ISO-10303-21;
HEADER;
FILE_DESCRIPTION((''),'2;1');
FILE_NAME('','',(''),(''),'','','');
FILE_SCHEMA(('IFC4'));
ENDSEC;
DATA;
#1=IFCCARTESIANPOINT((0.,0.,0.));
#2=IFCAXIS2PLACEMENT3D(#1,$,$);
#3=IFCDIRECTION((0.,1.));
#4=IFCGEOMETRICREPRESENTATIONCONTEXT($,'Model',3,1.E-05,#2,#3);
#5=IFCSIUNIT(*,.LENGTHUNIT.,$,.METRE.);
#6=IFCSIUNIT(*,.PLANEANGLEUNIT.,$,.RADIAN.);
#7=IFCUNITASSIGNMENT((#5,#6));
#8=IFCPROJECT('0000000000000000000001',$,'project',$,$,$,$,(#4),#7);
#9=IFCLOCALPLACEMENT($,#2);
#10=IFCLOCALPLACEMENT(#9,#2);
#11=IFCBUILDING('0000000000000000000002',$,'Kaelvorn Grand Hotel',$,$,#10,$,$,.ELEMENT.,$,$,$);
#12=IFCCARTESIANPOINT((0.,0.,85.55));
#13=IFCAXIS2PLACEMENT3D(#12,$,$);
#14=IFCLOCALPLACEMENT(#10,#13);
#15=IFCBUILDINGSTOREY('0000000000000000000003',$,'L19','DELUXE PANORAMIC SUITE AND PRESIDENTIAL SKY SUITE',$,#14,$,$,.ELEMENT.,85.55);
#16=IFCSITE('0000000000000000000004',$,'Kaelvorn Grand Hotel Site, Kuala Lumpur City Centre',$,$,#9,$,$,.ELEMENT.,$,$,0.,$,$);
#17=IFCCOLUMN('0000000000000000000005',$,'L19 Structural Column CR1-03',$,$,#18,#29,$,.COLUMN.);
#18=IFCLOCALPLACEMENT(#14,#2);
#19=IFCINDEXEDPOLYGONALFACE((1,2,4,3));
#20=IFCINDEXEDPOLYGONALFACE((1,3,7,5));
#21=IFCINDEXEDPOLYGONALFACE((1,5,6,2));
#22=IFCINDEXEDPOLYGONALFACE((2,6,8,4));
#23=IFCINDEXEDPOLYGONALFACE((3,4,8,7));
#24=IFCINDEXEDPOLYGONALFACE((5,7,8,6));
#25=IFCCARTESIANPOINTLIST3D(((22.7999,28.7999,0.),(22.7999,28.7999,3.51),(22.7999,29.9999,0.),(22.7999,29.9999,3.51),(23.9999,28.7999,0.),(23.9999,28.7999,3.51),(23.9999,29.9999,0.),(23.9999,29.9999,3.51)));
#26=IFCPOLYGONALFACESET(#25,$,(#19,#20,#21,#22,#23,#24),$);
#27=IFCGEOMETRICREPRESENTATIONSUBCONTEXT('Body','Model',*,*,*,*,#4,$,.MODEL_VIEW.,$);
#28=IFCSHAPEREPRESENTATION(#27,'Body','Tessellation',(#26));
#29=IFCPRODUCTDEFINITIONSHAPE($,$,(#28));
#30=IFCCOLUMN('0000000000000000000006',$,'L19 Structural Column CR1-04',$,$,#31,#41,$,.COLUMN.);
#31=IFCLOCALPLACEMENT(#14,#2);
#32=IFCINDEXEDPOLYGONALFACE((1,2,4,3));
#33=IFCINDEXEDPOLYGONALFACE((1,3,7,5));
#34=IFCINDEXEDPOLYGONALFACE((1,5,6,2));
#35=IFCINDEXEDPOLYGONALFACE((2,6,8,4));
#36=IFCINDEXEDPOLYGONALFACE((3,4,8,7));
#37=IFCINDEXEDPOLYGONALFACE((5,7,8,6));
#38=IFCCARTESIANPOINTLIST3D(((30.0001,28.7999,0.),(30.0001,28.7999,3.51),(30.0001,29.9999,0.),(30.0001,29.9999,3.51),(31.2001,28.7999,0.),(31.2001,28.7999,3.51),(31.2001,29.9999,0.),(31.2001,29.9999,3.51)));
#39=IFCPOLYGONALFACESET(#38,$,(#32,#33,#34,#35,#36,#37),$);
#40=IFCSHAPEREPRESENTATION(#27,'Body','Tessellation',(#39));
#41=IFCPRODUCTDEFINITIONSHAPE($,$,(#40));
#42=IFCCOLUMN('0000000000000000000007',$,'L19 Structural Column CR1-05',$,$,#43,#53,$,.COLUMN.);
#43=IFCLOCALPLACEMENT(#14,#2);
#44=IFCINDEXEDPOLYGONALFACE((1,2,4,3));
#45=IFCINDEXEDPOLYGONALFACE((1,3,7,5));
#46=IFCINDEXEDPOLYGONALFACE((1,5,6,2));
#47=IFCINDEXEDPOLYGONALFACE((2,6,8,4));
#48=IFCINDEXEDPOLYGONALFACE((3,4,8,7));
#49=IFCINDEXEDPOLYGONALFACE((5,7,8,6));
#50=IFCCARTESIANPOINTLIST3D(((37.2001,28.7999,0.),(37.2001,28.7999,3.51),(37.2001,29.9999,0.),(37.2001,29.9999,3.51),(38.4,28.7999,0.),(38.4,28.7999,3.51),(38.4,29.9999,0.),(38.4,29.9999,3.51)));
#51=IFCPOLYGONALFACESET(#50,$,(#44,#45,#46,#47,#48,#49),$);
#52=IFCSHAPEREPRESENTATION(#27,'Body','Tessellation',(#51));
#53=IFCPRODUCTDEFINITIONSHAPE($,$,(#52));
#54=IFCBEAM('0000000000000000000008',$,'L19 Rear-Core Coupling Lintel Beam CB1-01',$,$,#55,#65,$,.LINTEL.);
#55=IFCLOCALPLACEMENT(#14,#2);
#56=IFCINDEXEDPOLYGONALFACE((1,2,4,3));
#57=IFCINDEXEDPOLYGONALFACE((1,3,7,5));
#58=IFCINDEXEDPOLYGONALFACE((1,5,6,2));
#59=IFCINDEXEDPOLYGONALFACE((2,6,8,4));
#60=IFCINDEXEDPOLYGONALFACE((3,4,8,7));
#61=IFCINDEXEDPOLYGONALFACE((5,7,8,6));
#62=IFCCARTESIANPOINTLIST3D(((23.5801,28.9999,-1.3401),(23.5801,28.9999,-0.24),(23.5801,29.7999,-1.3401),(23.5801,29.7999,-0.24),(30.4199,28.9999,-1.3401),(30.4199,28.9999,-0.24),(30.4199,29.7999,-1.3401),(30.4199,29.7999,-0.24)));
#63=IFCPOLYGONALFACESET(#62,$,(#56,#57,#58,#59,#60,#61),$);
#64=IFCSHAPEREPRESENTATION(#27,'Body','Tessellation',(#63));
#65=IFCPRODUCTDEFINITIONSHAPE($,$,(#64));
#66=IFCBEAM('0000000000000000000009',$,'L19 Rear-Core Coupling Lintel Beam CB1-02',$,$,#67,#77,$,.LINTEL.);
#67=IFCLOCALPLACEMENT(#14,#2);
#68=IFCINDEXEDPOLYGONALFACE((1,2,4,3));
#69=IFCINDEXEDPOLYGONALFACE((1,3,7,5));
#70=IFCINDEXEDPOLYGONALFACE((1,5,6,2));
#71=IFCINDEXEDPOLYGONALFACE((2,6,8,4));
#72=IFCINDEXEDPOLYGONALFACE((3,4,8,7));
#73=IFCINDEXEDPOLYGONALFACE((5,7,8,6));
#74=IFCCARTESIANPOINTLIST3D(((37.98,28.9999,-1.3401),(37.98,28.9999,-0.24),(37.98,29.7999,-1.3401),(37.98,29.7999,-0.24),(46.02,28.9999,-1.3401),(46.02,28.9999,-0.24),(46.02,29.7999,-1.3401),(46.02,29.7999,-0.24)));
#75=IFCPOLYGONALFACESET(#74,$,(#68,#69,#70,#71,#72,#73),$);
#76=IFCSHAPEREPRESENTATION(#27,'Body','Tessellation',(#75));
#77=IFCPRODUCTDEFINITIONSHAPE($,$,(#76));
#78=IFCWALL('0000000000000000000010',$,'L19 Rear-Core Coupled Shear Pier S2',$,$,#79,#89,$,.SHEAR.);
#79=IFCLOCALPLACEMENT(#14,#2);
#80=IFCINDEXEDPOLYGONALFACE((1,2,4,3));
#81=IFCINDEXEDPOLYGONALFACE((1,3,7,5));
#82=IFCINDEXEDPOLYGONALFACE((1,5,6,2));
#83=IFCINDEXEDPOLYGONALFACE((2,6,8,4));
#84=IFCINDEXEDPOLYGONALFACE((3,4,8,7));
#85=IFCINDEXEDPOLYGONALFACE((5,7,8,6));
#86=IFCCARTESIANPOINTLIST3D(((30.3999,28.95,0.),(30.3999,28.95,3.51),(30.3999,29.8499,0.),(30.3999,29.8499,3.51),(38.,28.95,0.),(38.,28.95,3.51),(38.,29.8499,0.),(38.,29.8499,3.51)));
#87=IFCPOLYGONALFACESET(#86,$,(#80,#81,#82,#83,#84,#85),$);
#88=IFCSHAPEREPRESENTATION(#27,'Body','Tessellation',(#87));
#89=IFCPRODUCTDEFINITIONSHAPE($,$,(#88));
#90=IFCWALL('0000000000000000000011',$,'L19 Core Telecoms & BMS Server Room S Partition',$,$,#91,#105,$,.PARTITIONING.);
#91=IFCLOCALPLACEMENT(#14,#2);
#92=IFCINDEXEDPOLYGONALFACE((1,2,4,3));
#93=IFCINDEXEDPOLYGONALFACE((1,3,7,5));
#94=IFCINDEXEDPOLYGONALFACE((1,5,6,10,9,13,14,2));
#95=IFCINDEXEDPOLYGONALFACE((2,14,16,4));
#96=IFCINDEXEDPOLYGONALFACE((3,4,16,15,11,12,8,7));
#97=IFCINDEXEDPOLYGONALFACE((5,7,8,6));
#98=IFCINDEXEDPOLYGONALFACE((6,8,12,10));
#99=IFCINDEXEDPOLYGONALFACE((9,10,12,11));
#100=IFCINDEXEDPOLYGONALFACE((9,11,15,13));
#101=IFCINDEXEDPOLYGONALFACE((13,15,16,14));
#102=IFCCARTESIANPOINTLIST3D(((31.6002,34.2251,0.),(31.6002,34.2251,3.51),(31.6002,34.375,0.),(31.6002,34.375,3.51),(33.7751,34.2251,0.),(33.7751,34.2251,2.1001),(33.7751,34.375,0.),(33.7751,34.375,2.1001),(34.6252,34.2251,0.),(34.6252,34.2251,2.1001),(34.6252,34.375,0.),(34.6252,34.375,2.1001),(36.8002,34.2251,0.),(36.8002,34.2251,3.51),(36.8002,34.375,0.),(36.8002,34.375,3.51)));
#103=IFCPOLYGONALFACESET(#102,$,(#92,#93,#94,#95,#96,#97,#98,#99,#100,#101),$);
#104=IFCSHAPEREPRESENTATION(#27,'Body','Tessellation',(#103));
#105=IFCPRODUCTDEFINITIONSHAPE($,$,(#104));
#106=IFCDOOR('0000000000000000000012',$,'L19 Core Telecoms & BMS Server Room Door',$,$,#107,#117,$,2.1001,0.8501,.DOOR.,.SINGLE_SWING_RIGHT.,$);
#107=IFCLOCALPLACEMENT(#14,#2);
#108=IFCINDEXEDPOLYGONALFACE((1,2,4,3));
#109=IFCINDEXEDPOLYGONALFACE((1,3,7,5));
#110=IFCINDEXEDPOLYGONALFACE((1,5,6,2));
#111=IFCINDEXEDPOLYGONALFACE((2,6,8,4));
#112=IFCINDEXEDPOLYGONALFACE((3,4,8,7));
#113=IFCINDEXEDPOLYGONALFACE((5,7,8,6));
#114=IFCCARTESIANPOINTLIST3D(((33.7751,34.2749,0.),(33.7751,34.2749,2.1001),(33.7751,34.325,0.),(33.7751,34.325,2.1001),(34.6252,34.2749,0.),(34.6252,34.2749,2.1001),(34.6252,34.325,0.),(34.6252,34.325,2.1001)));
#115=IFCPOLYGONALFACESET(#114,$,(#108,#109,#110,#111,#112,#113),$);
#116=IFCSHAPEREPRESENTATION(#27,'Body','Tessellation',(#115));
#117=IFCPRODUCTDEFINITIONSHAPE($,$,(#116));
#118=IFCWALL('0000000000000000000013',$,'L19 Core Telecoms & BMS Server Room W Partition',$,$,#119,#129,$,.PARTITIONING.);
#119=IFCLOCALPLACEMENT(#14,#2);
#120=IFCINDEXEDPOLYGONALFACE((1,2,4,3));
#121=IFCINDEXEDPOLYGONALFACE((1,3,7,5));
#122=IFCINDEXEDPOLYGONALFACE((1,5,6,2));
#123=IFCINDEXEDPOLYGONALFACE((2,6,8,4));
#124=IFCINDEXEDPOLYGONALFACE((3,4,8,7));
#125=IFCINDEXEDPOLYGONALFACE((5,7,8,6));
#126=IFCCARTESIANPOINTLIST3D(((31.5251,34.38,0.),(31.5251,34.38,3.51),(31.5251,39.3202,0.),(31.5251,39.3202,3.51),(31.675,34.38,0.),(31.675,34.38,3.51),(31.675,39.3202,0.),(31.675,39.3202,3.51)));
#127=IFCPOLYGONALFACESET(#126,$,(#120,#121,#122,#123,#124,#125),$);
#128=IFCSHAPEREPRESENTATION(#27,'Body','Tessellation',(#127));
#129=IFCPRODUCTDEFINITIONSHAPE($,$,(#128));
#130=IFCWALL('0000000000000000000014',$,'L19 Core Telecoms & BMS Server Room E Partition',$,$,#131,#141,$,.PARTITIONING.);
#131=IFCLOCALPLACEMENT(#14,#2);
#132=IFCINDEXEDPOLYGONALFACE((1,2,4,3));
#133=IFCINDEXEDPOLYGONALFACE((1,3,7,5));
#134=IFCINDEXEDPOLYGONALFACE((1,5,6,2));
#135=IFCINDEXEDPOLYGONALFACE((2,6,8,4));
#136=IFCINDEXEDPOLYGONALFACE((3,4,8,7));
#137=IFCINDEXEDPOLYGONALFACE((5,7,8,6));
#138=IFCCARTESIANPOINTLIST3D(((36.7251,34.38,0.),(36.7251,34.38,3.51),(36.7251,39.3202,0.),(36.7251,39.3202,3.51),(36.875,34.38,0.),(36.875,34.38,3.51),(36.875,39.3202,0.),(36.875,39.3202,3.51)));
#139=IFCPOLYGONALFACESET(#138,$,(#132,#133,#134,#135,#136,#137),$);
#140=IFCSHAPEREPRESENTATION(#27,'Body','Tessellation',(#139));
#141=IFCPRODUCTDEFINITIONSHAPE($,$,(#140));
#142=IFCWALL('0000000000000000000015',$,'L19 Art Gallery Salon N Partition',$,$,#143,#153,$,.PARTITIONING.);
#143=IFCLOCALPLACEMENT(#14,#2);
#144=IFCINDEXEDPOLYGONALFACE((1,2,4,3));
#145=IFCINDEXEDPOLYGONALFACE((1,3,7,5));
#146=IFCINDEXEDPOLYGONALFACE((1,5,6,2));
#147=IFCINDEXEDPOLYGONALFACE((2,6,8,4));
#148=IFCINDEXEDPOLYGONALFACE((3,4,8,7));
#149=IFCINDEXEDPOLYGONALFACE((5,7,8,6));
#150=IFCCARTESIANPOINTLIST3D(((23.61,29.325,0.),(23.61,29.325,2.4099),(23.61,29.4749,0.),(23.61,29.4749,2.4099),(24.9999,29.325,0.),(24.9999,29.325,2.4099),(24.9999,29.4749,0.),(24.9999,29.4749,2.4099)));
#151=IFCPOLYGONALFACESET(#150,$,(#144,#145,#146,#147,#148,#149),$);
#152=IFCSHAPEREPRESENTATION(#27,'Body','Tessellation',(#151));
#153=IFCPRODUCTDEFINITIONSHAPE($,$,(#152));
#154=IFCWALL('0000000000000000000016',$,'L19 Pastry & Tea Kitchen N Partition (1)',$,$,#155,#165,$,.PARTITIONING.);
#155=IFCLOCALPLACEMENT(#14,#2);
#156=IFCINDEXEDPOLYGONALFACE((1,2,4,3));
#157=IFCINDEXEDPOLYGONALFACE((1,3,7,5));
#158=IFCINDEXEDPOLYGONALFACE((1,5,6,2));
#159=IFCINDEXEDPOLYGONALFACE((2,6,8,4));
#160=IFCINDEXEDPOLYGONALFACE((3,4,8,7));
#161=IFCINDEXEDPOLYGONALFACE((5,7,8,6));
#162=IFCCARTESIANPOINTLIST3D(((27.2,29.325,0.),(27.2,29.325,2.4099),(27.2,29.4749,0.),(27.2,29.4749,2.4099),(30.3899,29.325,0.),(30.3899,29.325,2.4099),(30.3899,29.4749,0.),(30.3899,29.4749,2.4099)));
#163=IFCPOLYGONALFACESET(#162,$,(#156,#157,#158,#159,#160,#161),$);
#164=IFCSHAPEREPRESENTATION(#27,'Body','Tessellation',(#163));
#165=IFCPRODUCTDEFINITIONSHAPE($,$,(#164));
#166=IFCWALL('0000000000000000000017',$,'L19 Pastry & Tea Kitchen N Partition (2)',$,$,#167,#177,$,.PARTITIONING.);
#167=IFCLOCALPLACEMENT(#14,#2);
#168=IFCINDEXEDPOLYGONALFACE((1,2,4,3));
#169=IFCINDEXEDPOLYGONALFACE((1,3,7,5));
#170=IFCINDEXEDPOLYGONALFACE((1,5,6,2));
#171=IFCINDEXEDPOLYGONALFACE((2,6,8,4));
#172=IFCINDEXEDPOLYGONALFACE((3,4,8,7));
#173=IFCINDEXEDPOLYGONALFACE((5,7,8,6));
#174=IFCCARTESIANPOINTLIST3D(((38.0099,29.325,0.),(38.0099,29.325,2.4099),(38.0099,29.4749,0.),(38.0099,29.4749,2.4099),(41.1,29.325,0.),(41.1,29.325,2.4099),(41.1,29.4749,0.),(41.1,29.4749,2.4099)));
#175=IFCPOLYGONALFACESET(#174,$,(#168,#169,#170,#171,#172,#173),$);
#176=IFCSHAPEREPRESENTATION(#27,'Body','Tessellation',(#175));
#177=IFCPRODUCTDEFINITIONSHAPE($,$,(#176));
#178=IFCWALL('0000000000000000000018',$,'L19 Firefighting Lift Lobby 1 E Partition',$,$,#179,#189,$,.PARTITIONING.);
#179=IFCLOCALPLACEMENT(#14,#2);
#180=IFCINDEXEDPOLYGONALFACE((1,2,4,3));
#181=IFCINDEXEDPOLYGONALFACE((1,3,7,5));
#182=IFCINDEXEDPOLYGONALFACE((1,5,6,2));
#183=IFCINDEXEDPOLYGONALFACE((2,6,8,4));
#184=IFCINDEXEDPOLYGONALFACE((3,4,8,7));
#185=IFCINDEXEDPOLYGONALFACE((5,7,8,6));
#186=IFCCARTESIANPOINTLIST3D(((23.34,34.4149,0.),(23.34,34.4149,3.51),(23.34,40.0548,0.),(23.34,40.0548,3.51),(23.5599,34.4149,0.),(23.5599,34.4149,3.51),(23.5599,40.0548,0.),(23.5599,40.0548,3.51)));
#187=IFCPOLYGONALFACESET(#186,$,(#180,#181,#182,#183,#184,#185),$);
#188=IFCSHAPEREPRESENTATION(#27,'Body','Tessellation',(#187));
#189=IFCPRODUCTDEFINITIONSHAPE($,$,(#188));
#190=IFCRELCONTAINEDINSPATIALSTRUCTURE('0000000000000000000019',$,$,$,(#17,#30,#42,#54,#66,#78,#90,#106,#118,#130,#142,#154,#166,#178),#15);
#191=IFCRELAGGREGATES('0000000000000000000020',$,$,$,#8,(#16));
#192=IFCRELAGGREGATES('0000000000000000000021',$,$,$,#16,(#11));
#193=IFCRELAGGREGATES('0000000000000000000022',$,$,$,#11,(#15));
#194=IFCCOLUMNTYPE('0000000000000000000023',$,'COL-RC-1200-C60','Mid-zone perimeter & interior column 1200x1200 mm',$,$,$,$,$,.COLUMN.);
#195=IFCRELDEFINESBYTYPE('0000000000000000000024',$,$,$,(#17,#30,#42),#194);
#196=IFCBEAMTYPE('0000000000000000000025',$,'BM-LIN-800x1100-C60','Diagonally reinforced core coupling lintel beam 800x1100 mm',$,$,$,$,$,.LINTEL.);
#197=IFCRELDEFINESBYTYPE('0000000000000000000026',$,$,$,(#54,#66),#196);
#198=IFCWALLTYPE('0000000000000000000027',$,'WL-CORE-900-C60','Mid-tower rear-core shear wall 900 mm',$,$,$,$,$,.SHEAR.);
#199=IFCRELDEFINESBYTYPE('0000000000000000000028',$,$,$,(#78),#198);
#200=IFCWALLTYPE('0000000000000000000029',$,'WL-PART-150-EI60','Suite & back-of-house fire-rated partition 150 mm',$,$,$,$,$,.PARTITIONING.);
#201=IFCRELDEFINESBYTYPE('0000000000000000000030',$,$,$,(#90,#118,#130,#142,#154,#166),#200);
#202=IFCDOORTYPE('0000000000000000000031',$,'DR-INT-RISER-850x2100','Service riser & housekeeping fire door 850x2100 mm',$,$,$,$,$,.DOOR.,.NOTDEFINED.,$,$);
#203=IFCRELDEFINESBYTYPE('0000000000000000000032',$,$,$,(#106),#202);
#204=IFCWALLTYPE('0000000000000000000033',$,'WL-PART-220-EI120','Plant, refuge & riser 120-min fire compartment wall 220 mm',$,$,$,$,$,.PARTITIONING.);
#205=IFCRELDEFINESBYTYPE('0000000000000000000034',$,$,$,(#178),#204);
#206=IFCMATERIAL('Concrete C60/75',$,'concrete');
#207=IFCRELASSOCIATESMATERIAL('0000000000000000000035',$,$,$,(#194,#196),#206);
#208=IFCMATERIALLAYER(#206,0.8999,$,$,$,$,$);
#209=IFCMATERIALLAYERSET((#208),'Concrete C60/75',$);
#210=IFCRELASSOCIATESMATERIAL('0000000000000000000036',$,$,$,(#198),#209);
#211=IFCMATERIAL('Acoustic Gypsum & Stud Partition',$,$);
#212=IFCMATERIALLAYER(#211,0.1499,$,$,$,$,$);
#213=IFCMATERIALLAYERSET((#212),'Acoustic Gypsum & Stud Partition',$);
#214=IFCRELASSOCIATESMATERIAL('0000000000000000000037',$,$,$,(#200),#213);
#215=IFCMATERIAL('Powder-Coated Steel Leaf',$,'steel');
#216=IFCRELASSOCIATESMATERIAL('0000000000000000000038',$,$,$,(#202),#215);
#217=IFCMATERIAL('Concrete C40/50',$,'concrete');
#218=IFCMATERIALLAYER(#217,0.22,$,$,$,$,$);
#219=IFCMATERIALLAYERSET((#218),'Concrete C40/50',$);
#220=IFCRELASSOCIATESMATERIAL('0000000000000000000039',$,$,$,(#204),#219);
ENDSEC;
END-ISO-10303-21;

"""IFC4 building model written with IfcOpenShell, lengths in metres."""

from ifc_helpers import new_model, si_unit, direction, frame, frame_2d, origin, origin_2d, place, context, subcontext, project, spatial, rectangle, extrude, material, layer, layer_set, material_profile, profile_set, type_object, element, fill, save


model = new_model("IFC4")

# Units and contexts
model_context = context("Model", 3, precision=1e-05, world=origin(), true_north=direction((0.0, 1.0)))
body_context = subcontext(model_context, "Body", "Model", "MODEL_VIEW")
ifc_project = project(units=[si_unit("LENGTHUNIT", "METRE"), si_unit("PLANEANGLEUNIT", "RADIAN")], contexts=[model_context])

# Site, building, storey
site_placement = place(None, origin())
site = spatial("IfcSite", under=ifc_project, at=site_placement, Name="Kaelvorn Grand Hotel Site, Kuala Lumpur City Centre", CompositionType="ELEMENT", RefElevation=0.0)
building_placement = place(site_placement, origin())
building = spatial("IfcBuilding", under=site, at=building_placement, Name="Kaelvorn Grand Hotel", CompositionType="ELEMENT")
storey_placement = place(building_placement, frame((0.0, 0.0, 85.55)))
storey = spatial("IfcBuildingStorey", under=building, at=storey_placement, Name="L19", Description="DELUXE PANORAMIC SUITE AND PRESIDENTIAL SKY SUITE", CompositionType="ELEMENT", Elevation=85.55)

# Columns
ifc_material_1 = material(Name="Concrete C60/75", Category="concrete")
ifc_material_profile_1 = material_profile(ifc_material_1, rectangle(XDim=1.2, YDim=1.2, at=origin_2d()), Name="RC COL 1200x1200")
ifc_profile_set_1 = profile_set([ifc_material_profile_1], Name="Concrete C60/75")
column_type = type_object("IfcColumnType", Name="COL-RC-1200-C60", Description="Mid-zone perimeter & interior column 1200x1200 mm", PredefinedType="COLUMN", material=ifc_profile_set_1)
for number, where, z_axis, x_axis, name in (
    (1, (23.3999, 29.3999, 0.0), (0.0, 0.0, 1.0), (1.0, 0.0, 0.0), "L19 Structural Column CR1-03"),
    (2, (30.6001, 29.3999, 0.0), (0.0, 0.0, 1.0), (1.0, 0.0, 0.0), "L19 Structural Column CR1-04"),
    (3, (37.8, 29.3999, 0.0), (0.0, 0.0, 1.0), (1.0, 0.0, 0.0), "L19 Structural Column CR1-05"),
):
    element("IfcColumn", number, at=place(storey_placement, frame(where, z_axis=z_axis, x_axis=x_axis)), inside=storey, type_object=column_type, Name=name, PredefinedType="COLUMN", context=body_context, shape_type="SweptSolid", body=[
        extrude(rectangle(XDim=1.2, YDim=1.2, at=origin_2d()), origin(), (0.0, 0.0, 1.0), 3.51),
    ])

# Beams
ifc_material_profile_2 = material_profile(ifc_material_1, rectangle(XDim=0.8, YDim=1.1001, at=origin_2d()), Name="RC LINTEL 800x1100")
ifc_profile_set_2 = profile_set([ifc_material_profile_2], Name="Concrete C60/75")
beam_type = type_object("IfcBeamType", Name="BM-LIN-800x1100-C60", Description="Diagonally reinforced core coupling lintel beam 800x1100 mm", PredefinedType="LINTEL", material=ifc_profile_set_2)
beam_1_placement = place(storey_placement, frame((23.5801, 29.3999, -0.79), z_axis=(1.0, 0.0, 0.0), x_axis=(0.0, 1.0, 0.0)))
element("IfcBeam", 4, at=beam_1_placement, inside=storey, type_object=beam_type, Name="L19 Rear-Core Coupling Lintel Beam CB1-01", PredefinedType="LINTEL", context=body_context, shape_type="SweptSolid", body=[
    extrude(rectangle(XDim=0.8, YDim=1.1001, at=origin_2d()), origin(), (0.0, 0.0, 1.0), 6.8398),
])
beam_2_placement = place(storey_placement, frame((37.98, 29.3999, -0.79), z_axis=(1.0, 0.0, 0.0), x_axis=(0.0, 1.0, 0.0)))
element("IfcBeam", 5, at=beam_2_placement, inside=storey, type_object=beam_type, Name="L19 Rear-Core Coupling Lintel Beam CB1-02", PredefinedType="LINTEL", context=body_context, shape_type="SweptSolid", body=[
    extrude(rectangle(XDim=0.8, YDim=1.1001, at=origin_2d()), origin(), (0.0, 0.0, 1.0), 8.04),
])

# Wall
ifc_layer_1 = layer(ifc_material_1, 0.8999)
ifc_layer_set_1 = layer_set([ifc_layer_1], Name="Concrete C60/75")
wall_type_1 = type_object("IfcWallType", Name="WL-CORE-900-C60", Description="Mid-tower rear-core shear wall 900 mm", PredefinedType="SHEAR", material=ifc_layer_set_1)
wall_1_placement = place(storey_placement, frame((30.3999, 29.3999, 0.0), z_axis=(0.0, 0.0, 1.0), x_axis=(1.0, 0.0, 0.0)))
element("IfcWall", 6, at=wall_1_placement, inside=storey, type_object=wall_type_1, Name="L19 Rear-Core Coupled Shear Pier S2", PredefinedType="SHEAR", context=body_context, shape_type="SweptSolid", body=[
    extrude(rectangle(XDim=7.6001, YDim=0.8999, at=frame_2d((3.8, 0.0))), origin(), (0.0, 0.0, 1.0), 3.51),
])

# Wall, opening, door
ifc_material_2 = material(Name="Acoustic Gypsum & Stud Partition")
ifc_layer_2 = layer(ifc_material_2, 0.1499)
ifc_layer_set_2 = layer_set([ifc_layer_2], Name="Acoustic Gypsum & Stud Partition")
wall_type_2 = type_object("IfcWallType", Name="WL-PART-150-EI60", Description="Suite & back-of-house fire-rated partition 150 mm", PredefinedType="PARTITIONING", material=ifc_layer_set_2)
wall_2_placement = place(storey_placement, frame((31.6001, 34.3, 0.0), z_axis=(0.0, 0.0, 1.0), x_axis=(1.0, 0.0, 0.0)))
wall_2 = element("IfcWall", 7, at=wall_2_placement, inside=storey, type_object=wall_type_2, Name="L19 Core Telecoms & BMS Server Room S Partition", PredefinedType="PARTITIONING", context=body_context, shape_type="SweptSolid", body=[
    extrude(rectangle(XDim=5.2, YDim=0.1499, at=frame_2d((2.6001, 0.0))), origin(), (0.0, 0.0, 1.0), 3.51),
])
opening_1_placement = place(wall_2_placement, frame((2.175, 0.0, 0.0)))
opening_1 = element("IfcOpeningElement", 8, at=opening_1_placement, cuts=wall_2, PredefinedType="OPENING", context=body_context, shape_type="SweptSolid", body=[
    extrude(rectangle(XDim=0.8501, YDim=2.1001, at=frame_2d((0.425, 1.05))), frame((0.0, 0.085, 0.0), z_axis=(0.0, -1.0, 0.0), x_axis=(1.0, 0.0, 0.0)), (0.0, 0.0, 1.0), 0.1699),
])
ifc_material_3 = material(Name="Powder-Coated Steel Leaf", Category="steel")
door_type_1 = type_object("IfcDoorType", Name="DR-INT-RISER-850x2100", Description="Service riser & housekeeping fire door 850x2100 mm", OperationType="NOTDEFINED", PredefinedType="DOOR", material=ifc_material_3)
door_1_placement = place(opening_1_placement, origin())
door_1 = element("IfcDoor", 9, at=door_1_placement, inside=storey, type_object=door_type_1, Name="L19 Core Telecoms & BMS Server Room Door", OperationType="SINGLE_SWING_RIGHT", OverallHeight=2.1001, OverallWidth=0.8501, PredefinedType="DOOR", context=body_context, shape_type="SweptSolid", body=[
    extrude(rectangle(XDim=0.8501, YDim=2.1001, at=frame_2d((0.425, 1.05))), frame((0.0, 0.0249, 0.0), z_axis=(0.0, -1.0, 0.0), x_axis=(1.0, 0.0, 0.0)), (0.0, 0.0, 1.0), 0.05),
])
fill(opening_1, door_1)

# Walls
for number, where, z_axis, x_axis, name in (
    (10, (31.6001, 34.3799, 0.0), (0.0, 0.0, 1.0), (0.0, 1.0, 0.0), "L19 Core Telecoms & BMS Server Room W Partition"),
    (11, (36.8, 34.3799, 0.0), (0.0, 0.0, 1.0), (0.0, 1.0, 0.0), "L19 Core Telecoms & BMS Server Room E Partition"),
):
    element("IfcWall", number, at=place(storey_placement, frame(where, z_axis=z_axis, x_axis=x_axis)), inside=storey, type_object=wall_type_2, Name=name, PredefinedType="PARTITIONING", context=body_context, shape_type="SweptSolid", body=[
        extrude(rectangle(XDim=4.9402, YDim=0.1499, at=frame_2d((2.4702, 0.0))), origin(), (0.0, 0.0, 1.0), 3.51),
    ])
wall_3_placement = place(storey_placement, frame((23.6101, 29.3999, 0.0), z_axis=(0.0, 0.0, 1.0), x_axis=(1.0, 0.0, 0.0)))
element("IfcWall", 12, at=wall_3_placement, inside=storey, type_object=wall_type_2, Name="L19 Art Gallery Salon N Partition", PredefinedType="PARTITIONING", context=body_context, shape_type="SweptSolid", body=[
    extrude(rectangle(XDim=1.3899, YDim=0.1499, at=frame_2d((0.6948, 0.0))), origin(), (0.0, 0.0, 1.0), 2.4099),
])
wall_4_placement = place(storey_placement, frame((27.2, 29.3999, 0.0), z_axis=(0.0, 0.0, 1.0), x_axis=(1.0, 0.0, 0.0)))
element("IfcWall", 13, at=wall_4_placement, inside=storey, type_object=wall_type_2, Name="L19 Pastry & Tea Kitchen N Partition (1)", PredefinedType="PARTITIONING", context=body_context, shape_type="SweptSolid", body=[
    extrude(rectangle(XDim=3.1899, YDim=0.1499, at=frame_2d((1.595, 0.0))), origin(), (0.0, 0.0, 1.0), 2.4099),
])
wall_5_placement = place(storey_placement, frame((38.01, 29.3999, 0.0), z_axis=(0.0, 0.0, 1.0), x_axis=(1.0, 0.0, 0.0)))
element("IfcWall", 14, at=wall_5_placement, inside=storey, type_object=wall_type_2, Name="L19 Pastry & Tea Kitchen N Partition (2)", PredefinedType="PARTITIONING", context=body_context, shape_type="SweptSolid", body=[
    extrude(rectangle(XDim=3.0901, YDim=0.1499, at=frame_2d((1.5449, 0.0))), origin(), (0.0, 0.0, 1.0), 2.4099),
])
ifc_material_4 = material(Name="Concrete C40/50", Category="concrete")
ifc_layer_3 = layer(ifc_material_4, 0.22)
ifc_layer_set_3 = layer_set([ifc_layer_3], Name="Concrete C40/50")
wall_type_3 = type_object("IfcWallType", Name="WL-PART-220-EI120", Description="Plant, refuge & riser 120-min fire compartment wall 220 mm", PredefinedType="PARTITIONING", material=ifc_layer_set_3)
wall_6_placement = place(storey_placement, frame((23.45, 34.415, 0.0), z_axis=(0.0, 0.0, 1.0), x_axis=(0.0, 1.0, 0.0)))
element("IfcWall", 15, at=wall_6_placement, inside=storey, type_object=wall_type_3, Name="L19 Firefighting Lift Lobby 1 E Partition", PredefinedType="PARTITIONING", context=body_context, shape_type="SweptSolid", body=[
    extrude(rectangle(XDim=5.6399, YDim=0.22, at=frame_2d((2.8198, 0.0))), origin(), (0.0, 0.0, 1.0), 3.51),
])

save(model, "model.ifc")
